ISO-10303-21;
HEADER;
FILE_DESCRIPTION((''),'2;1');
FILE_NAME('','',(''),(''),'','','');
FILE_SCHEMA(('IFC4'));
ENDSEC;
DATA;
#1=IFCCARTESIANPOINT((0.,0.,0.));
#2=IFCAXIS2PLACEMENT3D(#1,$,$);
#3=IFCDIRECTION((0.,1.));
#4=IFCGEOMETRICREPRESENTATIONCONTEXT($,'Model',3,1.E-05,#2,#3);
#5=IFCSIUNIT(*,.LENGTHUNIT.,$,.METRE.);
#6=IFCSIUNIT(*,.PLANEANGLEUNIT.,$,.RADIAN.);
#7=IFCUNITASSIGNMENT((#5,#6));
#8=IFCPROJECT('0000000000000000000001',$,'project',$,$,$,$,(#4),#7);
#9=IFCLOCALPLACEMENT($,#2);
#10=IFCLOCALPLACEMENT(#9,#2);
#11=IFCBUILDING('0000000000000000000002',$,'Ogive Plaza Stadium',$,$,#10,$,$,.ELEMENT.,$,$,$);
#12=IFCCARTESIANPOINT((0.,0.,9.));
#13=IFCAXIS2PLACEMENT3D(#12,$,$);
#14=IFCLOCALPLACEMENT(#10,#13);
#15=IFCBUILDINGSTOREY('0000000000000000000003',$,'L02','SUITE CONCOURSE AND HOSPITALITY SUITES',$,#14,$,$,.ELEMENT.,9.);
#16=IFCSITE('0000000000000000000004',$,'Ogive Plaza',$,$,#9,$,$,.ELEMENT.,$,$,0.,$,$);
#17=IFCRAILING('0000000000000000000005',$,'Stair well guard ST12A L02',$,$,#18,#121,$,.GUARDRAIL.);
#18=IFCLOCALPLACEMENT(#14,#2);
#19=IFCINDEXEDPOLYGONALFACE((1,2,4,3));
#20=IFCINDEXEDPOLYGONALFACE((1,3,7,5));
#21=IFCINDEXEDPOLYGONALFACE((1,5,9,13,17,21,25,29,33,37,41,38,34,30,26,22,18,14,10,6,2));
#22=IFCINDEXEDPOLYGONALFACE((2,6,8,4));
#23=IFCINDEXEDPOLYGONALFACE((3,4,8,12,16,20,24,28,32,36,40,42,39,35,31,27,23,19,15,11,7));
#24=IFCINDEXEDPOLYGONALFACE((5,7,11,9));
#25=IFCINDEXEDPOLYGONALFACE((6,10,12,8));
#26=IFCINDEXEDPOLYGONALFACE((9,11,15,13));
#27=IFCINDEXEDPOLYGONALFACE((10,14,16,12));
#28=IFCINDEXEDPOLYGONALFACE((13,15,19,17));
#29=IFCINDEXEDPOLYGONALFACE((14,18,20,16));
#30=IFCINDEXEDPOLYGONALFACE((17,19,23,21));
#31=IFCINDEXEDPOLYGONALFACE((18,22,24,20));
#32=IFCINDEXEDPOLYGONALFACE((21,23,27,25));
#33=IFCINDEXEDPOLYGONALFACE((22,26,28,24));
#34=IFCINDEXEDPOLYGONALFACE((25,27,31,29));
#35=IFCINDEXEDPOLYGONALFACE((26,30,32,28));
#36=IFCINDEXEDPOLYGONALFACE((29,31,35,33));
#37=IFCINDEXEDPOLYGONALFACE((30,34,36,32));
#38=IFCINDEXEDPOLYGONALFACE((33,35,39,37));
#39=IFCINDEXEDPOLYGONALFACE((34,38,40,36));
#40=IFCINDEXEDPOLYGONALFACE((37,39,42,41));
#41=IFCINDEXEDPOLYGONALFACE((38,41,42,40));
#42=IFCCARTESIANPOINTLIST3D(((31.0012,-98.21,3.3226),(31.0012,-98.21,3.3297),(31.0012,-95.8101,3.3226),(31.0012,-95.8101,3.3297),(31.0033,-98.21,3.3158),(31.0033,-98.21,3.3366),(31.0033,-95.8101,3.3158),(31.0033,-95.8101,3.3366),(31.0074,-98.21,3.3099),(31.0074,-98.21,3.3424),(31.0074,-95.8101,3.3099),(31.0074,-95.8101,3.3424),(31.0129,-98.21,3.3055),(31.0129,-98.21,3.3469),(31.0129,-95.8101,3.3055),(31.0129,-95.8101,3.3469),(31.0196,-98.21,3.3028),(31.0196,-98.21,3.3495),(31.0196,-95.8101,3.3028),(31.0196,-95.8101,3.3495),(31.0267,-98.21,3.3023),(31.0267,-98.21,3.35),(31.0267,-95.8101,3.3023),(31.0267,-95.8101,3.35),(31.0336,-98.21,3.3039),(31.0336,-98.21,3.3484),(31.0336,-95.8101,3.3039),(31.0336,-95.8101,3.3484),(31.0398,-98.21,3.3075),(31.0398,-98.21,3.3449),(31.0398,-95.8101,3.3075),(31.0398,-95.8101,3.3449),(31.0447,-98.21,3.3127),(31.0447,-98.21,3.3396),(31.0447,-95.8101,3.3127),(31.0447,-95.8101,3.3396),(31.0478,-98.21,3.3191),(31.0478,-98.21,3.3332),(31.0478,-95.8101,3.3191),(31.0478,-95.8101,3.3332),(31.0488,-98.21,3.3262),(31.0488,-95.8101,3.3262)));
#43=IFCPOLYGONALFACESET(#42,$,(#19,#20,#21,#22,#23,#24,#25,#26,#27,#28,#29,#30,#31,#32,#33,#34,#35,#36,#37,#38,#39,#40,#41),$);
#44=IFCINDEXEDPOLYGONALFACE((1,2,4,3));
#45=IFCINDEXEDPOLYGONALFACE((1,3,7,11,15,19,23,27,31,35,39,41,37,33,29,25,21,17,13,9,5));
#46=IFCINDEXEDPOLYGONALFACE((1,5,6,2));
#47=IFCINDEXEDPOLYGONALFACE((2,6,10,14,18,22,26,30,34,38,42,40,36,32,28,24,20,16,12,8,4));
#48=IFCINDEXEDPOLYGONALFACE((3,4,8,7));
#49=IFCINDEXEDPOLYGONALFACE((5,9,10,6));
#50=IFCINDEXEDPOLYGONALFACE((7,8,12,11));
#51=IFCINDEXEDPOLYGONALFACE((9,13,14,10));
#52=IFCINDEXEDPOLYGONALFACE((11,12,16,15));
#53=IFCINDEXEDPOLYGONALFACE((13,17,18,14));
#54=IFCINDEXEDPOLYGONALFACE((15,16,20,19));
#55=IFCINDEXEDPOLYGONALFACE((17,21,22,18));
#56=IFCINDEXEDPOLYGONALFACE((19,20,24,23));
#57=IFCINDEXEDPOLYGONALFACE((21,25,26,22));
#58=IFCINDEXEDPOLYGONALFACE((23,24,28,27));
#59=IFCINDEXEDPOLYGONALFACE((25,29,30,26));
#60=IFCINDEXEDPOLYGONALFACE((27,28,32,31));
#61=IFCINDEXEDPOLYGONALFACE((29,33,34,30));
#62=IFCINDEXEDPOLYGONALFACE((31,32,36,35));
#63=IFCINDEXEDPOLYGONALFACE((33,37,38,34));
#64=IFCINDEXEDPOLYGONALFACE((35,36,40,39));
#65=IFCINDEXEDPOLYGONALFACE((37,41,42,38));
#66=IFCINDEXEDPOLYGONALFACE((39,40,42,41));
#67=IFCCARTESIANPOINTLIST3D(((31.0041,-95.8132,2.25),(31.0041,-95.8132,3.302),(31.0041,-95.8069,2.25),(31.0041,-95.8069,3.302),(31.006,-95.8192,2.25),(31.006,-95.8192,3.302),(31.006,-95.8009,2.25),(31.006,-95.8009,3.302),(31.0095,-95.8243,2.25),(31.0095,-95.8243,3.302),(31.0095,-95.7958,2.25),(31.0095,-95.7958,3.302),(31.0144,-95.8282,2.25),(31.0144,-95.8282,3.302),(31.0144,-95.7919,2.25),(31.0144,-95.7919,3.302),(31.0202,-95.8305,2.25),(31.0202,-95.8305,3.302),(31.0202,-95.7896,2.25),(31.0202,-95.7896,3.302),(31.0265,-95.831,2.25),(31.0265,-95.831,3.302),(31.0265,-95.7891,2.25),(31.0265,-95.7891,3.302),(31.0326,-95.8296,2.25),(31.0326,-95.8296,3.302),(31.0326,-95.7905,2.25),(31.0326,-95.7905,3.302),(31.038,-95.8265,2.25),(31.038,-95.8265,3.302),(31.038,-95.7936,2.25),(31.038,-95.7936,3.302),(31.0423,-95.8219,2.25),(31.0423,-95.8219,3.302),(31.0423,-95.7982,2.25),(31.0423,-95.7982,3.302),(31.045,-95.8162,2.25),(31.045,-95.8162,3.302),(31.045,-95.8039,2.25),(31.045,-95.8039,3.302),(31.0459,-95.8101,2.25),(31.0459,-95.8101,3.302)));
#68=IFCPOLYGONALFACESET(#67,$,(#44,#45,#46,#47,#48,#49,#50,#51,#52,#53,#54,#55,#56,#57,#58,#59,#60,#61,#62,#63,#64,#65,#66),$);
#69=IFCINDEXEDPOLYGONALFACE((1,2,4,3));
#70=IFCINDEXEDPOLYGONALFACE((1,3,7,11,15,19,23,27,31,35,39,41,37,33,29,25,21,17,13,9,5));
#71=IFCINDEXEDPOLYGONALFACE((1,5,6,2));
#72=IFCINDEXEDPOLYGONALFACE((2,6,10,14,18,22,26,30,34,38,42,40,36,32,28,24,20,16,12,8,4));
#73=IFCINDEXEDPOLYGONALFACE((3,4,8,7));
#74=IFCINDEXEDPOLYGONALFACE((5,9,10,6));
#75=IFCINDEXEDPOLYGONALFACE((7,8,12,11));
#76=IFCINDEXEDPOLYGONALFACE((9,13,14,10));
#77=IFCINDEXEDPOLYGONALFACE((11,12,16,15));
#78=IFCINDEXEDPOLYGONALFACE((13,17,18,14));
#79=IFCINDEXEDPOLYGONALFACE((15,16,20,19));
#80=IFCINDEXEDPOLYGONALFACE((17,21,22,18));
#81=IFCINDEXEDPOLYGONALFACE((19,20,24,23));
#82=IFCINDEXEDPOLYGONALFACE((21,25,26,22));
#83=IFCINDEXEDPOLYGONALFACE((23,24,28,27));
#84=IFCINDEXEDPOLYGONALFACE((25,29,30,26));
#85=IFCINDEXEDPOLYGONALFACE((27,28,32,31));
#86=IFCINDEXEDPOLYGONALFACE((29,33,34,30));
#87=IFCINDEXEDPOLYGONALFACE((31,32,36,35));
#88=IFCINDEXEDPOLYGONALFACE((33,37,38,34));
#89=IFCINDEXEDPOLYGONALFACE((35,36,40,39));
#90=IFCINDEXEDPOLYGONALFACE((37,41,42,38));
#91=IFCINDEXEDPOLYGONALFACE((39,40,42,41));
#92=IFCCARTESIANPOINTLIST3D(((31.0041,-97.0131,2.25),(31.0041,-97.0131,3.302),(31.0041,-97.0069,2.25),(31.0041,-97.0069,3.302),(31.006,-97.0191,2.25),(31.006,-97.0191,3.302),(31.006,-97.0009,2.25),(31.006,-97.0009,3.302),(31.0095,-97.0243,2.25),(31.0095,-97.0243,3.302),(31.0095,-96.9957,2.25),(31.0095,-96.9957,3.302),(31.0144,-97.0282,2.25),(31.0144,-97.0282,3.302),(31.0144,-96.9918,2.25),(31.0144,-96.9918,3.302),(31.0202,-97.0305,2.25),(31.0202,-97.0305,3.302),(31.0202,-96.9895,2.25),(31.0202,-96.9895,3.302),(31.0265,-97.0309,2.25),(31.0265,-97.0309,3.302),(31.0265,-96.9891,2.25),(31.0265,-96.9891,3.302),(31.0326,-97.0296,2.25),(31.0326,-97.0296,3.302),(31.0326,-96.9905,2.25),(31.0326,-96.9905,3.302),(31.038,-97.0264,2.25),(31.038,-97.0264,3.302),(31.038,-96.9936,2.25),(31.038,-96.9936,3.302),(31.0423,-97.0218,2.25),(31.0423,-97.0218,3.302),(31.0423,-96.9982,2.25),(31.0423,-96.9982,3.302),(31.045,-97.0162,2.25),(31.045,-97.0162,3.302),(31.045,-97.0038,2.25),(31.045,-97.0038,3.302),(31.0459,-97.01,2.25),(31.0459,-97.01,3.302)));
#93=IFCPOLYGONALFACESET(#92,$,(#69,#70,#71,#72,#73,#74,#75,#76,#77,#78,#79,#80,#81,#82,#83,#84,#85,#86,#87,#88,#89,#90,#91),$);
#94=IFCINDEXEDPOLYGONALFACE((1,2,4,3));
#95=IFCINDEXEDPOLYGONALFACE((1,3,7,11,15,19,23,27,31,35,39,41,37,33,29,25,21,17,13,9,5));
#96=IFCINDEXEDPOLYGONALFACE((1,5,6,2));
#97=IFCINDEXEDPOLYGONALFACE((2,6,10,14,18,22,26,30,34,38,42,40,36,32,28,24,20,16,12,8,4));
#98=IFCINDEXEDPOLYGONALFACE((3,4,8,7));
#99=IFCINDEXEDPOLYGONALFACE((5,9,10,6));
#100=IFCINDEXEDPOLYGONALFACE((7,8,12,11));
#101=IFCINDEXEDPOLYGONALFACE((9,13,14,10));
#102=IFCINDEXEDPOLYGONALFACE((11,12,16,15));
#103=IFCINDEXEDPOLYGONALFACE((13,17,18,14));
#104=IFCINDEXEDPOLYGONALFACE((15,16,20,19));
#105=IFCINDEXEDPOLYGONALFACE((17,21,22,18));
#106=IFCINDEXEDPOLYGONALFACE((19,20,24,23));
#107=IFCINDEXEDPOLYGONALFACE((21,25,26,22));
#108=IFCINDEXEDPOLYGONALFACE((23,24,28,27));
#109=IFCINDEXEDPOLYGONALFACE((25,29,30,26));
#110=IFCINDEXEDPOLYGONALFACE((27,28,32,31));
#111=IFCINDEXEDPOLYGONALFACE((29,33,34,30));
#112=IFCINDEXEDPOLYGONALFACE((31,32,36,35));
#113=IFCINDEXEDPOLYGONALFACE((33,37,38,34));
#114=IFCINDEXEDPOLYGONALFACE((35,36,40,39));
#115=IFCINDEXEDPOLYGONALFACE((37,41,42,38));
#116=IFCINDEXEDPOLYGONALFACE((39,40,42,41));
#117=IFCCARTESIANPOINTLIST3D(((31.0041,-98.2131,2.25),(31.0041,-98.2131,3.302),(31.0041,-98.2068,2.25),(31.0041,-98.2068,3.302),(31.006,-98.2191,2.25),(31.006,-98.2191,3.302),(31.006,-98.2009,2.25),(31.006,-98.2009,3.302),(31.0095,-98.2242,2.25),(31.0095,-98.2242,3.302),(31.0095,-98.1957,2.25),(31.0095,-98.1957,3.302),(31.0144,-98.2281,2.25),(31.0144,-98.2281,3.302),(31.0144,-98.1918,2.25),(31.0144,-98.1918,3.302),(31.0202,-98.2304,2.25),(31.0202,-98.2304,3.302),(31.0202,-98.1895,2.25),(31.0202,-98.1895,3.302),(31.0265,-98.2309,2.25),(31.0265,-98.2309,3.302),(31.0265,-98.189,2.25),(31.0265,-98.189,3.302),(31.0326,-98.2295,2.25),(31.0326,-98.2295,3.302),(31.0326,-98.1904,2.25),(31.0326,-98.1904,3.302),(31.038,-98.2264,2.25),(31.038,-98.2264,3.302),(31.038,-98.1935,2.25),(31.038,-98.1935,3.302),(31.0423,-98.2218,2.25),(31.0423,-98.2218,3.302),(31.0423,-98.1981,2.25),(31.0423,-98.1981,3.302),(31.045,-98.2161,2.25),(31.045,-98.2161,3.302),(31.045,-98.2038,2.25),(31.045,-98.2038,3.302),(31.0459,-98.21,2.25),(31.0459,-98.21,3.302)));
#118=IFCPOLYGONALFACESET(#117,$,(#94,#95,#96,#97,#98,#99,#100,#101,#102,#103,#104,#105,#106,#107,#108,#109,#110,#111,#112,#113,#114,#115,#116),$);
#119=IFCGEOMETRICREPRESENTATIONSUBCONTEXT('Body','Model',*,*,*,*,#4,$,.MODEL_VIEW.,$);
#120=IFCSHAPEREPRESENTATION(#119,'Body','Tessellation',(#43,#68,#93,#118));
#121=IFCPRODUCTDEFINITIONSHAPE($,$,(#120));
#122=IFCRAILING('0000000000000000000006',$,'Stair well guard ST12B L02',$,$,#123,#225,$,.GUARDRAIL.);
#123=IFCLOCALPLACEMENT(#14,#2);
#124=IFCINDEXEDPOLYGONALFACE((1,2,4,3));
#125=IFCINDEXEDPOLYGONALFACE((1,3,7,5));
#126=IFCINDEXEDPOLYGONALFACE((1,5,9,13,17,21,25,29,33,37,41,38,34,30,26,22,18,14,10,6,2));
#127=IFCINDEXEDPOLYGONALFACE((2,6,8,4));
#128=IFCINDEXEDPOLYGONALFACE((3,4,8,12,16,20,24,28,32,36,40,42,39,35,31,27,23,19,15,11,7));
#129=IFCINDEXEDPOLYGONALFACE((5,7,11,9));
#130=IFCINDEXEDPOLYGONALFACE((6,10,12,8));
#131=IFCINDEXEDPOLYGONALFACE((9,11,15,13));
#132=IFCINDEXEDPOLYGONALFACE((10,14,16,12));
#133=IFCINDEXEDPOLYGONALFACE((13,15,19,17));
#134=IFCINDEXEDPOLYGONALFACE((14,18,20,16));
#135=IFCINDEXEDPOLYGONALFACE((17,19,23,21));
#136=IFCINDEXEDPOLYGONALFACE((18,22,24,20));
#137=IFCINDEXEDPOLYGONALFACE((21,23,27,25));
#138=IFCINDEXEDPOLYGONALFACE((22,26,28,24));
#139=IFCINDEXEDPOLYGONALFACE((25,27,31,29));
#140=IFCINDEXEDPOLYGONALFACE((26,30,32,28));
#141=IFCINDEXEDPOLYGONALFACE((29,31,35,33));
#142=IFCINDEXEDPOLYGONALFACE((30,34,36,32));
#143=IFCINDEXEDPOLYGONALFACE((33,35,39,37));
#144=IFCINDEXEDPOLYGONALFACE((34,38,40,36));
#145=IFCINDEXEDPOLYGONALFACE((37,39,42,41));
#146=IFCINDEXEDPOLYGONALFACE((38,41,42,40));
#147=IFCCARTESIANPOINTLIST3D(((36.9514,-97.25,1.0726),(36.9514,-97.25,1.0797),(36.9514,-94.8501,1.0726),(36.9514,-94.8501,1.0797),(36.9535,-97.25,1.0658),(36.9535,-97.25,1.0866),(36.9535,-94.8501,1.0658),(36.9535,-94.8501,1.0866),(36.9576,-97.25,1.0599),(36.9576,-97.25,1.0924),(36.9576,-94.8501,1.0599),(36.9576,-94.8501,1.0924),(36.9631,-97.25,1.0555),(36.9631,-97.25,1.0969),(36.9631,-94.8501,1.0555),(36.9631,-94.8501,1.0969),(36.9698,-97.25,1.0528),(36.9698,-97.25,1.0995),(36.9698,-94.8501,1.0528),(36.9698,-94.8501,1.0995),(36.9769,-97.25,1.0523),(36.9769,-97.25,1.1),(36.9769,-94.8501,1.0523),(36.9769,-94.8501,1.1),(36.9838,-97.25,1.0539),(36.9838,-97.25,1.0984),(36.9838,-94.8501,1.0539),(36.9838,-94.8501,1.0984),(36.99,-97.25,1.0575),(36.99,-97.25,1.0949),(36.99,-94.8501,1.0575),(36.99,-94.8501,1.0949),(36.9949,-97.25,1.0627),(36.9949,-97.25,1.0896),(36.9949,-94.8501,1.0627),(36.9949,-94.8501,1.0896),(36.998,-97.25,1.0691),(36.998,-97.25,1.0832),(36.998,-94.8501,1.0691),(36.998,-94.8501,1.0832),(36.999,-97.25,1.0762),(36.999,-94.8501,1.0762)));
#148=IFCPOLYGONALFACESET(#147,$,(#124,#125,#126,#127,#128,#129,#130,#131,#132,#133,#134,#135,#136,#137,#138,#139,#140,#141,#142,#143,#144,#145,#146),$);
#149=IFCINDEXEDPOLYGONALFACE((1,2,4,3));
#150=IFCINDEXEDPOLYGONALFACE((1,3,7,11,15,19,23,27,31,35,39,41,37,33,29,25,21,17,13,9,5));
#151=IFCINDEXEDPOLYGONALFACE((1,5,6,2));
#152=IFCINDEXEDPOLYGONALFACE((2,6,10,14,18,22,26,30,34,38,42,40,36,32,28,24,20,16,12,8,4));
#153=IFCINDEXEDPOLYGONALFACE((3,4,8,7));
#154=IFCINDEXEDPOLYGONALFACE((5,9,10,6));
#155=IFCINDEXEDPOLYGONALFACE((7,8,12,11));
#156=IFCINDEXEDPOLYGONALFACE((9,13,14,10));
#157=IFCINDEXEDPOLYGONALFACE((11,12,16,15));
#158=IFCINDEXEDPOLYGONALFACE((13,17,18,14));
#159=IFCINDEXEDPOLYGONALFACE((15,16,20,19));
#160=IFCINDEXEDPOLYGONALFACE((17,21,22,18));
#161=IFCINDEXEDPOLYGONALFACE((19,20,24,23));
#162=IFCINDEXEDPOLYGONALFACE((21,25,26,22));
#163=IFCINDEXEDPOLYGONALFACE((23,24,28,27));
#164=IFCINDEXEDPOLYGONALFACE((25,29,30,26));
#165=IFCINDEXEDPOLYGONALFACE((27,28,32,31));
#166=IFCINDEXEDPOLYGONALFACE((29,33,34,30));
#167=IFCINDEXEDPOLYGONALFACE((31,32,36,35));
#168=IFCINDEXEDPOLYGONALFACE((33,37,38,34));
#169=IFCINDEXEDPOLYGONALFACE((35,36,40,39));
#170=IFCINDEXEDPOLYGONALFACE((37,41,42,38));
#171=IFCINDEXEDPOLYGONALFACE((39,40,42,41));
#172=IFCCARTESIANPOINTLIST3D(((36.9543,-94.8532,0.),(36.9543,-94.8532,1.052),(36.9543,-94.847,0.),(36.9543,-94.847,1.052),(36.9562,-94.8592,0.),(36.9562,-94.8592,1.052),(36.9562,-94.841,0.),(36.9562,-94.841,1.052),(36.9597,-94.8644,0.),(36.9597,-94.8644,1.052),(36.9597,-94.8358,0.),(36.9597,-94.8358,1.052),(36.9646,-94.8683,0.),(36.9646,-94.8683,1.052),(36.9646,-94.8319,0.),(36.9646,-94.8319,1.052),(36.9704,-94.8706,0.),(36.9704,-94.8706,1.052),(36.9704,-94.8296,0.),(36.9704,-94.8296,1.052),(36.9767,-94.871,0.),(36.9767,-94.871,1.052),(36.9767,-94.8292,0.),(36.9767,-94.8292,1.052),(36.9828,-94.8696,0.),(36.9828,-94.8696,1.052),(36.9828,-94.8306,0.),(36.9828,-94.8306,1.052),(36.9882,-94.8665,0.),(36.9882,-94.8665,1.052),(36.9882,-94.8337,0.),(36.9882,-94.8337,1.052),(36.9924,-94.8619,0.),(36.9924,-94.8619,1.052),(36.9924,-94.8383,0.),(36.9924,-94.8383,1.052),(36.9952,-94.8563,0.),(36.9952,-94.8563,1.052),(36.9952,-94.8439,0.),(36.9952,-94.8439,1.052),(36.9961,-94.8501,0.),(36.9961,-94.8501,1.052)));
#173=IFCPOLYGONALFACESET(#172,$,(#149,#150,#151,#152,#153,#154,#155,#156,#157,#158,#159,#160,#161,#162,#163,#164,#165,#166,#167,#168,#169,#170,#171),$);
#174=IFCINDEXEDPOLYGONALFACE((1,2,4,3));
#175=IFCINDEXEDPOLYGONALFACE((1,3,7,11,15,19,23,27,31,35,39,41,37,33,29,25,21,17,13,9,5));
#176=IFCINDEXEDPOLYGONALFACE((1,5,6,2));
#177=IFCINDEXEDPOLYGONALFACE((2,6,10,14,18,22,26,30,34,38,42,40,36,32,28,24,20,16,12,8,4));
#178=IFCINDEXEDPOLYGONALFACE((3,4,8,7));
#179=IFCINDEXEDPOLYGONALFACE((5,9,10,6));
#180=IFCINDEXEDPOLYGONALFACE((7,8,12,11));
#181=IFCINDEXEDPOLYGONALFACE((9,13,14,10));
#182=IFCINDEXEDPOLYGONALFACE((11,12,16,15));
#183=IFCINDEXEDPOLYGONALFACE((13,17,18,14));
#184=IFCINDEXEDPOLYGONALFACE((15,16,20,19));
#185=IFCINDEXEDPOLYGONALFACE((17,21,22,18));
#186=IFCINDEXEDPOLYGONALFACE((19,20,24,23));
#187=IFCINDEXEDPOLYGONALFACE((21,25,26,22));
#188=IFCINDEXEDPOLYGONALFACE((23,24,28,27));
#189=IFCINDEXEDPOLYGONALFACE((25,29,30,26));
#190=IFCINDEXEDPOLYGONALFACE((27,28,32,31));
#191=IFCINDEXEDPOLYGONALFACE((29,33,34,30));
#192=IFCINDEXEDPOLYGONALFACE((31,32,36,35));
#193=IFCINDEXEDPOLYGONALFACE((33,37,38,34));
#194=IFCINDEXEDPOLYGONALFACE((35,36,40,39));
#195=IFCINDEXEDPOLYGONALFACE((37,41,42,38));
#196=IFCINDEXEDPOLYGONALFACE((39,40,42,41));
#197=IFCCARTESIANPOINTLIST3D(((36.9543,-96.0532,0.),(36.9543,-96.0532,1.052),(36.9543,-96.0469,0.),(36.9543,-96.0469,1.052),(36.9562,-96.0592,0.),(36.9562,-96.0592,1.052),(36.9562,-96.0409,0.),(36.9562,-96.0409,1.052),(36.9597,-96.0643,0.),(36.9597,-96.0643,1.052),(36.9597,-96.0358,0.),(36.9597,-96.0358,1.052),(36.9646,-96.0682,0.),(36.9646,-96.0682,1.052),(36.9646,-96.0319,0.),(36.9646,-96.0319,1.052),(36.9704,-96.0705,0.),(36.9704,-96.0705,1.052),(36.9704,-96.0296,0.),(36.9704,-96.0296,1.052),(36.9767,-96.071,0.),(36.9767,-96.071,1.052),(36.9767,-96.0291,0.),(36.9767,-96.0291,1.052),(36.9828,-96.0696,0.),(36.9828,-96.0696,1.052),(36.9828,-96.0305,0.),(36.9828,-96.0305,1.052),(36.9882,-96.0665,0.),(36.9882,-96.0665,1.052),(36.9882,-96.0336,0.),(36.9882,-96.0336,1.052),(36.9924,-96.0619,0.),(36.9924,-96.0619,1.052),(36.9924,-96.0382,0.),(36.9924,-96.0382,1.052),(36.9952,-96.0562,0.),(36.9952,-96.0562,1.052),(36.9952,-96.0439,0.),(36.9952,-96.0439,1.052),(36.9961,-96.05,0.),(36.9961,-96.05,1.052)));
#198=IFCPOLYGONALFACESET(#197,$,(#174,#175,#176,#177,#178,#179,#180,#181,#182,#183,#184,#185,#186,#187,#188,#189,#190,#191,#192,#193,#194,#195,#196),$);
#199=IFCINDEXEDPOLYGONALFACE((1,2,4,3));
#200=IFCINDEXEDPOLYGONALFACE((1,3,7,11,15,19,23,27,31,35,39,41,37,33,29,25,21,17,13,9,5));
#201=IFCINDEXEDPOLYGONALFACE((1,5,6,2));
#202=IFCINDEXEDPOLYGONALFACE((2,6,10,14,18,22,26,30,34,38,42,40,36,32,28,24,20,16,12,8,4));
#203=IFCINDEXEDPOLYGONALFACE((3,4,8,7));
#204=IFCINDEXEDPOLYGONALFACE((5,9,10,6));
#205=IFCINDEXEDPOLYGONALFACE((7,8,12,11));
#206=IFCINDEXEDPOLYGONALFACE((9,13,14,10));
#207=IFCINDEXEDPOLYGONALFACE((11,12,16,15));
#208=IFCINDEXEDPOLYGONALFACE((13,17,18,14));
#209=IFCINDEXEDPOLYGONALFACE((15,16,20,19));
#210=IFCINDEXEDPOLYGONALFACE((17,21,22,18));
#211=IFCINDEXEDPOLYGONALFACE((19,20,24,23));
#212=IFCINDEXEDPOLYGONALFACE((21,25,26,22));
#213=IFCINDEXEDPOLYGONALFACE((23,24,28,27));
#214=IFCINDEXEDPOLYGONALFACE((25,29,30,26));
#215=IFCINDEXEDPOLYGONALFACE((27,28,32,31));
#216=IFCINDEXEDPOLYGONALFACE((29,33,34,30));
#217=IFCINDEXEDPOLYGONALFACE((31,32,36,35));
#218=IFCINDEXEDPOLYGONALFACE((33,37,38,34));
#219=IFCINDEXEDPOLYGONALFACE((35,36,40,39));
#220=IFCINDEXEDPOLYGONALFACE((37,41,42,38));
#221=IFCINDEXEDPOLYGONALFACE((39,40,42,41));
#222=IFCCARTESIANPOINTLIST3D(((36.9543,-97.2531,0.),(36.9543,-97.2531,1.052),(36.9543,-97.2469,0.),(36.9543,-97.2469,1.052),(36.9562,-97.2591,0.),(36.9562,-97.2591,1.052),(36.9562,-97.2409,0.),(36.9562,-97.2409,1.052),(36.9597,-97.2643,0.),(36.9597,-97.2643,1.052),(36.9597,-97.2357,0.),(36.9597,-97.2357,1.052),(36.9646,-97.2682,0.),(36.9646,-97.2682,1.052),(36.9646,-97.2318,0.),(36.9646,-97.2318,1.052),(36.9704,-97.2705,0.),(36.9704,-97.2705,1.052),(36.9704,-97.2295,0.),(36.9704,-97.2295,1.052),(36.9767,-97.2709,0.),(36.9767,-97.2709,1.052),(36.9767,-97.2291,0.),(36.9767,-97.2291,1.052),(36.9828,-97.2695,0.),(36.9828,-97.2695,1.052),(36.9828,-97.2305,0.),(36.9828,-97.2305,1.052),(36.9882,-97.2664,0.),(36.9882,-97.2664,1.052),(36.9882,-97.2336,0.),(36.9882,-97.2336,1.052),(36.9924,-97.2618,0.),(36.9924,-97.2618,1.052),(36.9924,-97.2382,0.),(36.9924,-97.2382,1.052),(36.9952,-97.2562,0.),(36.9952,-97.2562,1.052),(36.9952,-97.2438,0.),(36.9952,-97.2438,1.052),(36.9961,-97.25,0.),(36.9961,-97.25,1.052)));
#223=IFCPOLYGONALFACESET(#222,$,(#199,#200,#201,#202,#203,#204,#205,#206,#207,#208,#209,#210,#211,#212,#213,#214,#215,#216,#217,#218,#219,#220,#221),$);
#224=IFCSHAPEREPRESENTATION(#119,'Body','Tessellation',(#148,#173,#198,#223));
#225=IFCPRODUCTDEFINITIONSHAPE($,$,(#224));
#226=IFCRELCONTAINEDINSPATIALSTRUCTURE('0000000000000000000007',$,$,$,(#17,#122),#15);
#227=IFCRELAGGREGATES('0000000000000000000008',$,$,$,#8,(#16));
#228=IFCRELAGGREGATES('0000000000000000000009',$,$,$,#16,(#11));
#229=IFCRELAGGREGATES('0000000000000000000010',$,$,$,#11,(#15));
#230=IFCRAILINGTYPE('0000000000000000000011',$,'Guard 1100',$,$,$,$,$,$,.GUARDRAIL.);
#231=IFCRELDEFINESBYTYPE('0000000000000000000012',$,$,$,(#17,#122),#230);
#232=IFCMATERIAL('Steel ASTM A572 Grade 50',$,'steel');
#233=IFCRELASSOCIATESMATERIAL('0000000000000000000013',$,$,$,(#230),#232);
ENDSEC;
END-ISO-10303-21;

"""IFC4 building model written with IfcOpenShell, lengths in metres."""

from ifc_helpers import new_model, si_unit, direction, frame, origin, origin_2d, place, context, subcontext, project, spatial, circle, extrude, material, type_object, element, save


model = new_model("IFC4")

# Units and contexts
model_context = context("Model", 3, precision=1e-05, world=origin(), true_north=direction((0.0, 1.0)))
body_context = subcontext(model_context, "Body", "Model", "MODEL_VIEW")
ifc_project = project(units=[si_unit("LENGTHUNIT", "METRE"), si_unit("PLANEANGLEUNIT", "RADIAN")], contexts=[model_context])

# Site, building, storey
site_placement = place(None, origin())
site = spatial("IfcSite", under=ifc_project, at=site_placement, Name="Ogive Plaza", CompositionType="ELEMENT", RefElevation=0.0)
building_placement = place(site_placement, origin())
building = spatial("IfcBuilding", under=site, at=building_placement, Name="Ogive Plaza Stadium", CompositionType="ELEMENT")
storey_placement = place(building_placement, frame((0.0, 0.0, 9.0)))
storey = spatial("IfcBuildingStorey", under=building, at=storey_placement, Name="L02", Description="SUITE CONCOURSE AND HOSPITALITY SUITES", CompositionType="ELEMENT", Elevation=9.0)

# Railings
ifc_material_1 = material(Name="Steel ASTM A572 Grade 50", Category="steel")
railing_type_1 = type_object("IfcRailingType", Name="Guard 1100", PredefinedType="GUARDRAIL", material=ifc_material_1)
for number, where, name in (
    (1, (31.0249, -95.8101, 2.25), "Stair well guard ST12A L02"),
    (2, (36.9751, -94.8501, 0.0), "Stair well guard ST12B L02"),
):
    element("IfcRailing", number, at=place(storey_placement, frame(where)), inside=storey, type_object=railing_type_1, Name=name, PredefinedType="GUARDRAIL", context=body_context, shape_type="SweptSolid", body=[
        extrude(circle(Radius=0.0239, at=origin_2d()), frame((0.0, 0.0, 1.0762), z_axis=(0.0, -1.0, 0.0), x_axis=(1.0, 0.0, 0.0)), (0.0, 0.0, 1.0), 2.3999),
        extrude(circle(Radius=0.021, at=origin_2d()), origin(), (0.0, 0.0, 1.0), 1.052),
        extrude(circle(Radius=0.021, at=origin_2d()), frame((0.0, -1.2, 0.0)), (0.0, 0.0, 1.0), 1.052),
        extrude(circle(Radius=0.021, at=origin_2d()), frame((0.0, -2.3999, 0.0)), (0.0, 0.0, 1.0), 1.052),
    ])

save(model, "model.ifc")
